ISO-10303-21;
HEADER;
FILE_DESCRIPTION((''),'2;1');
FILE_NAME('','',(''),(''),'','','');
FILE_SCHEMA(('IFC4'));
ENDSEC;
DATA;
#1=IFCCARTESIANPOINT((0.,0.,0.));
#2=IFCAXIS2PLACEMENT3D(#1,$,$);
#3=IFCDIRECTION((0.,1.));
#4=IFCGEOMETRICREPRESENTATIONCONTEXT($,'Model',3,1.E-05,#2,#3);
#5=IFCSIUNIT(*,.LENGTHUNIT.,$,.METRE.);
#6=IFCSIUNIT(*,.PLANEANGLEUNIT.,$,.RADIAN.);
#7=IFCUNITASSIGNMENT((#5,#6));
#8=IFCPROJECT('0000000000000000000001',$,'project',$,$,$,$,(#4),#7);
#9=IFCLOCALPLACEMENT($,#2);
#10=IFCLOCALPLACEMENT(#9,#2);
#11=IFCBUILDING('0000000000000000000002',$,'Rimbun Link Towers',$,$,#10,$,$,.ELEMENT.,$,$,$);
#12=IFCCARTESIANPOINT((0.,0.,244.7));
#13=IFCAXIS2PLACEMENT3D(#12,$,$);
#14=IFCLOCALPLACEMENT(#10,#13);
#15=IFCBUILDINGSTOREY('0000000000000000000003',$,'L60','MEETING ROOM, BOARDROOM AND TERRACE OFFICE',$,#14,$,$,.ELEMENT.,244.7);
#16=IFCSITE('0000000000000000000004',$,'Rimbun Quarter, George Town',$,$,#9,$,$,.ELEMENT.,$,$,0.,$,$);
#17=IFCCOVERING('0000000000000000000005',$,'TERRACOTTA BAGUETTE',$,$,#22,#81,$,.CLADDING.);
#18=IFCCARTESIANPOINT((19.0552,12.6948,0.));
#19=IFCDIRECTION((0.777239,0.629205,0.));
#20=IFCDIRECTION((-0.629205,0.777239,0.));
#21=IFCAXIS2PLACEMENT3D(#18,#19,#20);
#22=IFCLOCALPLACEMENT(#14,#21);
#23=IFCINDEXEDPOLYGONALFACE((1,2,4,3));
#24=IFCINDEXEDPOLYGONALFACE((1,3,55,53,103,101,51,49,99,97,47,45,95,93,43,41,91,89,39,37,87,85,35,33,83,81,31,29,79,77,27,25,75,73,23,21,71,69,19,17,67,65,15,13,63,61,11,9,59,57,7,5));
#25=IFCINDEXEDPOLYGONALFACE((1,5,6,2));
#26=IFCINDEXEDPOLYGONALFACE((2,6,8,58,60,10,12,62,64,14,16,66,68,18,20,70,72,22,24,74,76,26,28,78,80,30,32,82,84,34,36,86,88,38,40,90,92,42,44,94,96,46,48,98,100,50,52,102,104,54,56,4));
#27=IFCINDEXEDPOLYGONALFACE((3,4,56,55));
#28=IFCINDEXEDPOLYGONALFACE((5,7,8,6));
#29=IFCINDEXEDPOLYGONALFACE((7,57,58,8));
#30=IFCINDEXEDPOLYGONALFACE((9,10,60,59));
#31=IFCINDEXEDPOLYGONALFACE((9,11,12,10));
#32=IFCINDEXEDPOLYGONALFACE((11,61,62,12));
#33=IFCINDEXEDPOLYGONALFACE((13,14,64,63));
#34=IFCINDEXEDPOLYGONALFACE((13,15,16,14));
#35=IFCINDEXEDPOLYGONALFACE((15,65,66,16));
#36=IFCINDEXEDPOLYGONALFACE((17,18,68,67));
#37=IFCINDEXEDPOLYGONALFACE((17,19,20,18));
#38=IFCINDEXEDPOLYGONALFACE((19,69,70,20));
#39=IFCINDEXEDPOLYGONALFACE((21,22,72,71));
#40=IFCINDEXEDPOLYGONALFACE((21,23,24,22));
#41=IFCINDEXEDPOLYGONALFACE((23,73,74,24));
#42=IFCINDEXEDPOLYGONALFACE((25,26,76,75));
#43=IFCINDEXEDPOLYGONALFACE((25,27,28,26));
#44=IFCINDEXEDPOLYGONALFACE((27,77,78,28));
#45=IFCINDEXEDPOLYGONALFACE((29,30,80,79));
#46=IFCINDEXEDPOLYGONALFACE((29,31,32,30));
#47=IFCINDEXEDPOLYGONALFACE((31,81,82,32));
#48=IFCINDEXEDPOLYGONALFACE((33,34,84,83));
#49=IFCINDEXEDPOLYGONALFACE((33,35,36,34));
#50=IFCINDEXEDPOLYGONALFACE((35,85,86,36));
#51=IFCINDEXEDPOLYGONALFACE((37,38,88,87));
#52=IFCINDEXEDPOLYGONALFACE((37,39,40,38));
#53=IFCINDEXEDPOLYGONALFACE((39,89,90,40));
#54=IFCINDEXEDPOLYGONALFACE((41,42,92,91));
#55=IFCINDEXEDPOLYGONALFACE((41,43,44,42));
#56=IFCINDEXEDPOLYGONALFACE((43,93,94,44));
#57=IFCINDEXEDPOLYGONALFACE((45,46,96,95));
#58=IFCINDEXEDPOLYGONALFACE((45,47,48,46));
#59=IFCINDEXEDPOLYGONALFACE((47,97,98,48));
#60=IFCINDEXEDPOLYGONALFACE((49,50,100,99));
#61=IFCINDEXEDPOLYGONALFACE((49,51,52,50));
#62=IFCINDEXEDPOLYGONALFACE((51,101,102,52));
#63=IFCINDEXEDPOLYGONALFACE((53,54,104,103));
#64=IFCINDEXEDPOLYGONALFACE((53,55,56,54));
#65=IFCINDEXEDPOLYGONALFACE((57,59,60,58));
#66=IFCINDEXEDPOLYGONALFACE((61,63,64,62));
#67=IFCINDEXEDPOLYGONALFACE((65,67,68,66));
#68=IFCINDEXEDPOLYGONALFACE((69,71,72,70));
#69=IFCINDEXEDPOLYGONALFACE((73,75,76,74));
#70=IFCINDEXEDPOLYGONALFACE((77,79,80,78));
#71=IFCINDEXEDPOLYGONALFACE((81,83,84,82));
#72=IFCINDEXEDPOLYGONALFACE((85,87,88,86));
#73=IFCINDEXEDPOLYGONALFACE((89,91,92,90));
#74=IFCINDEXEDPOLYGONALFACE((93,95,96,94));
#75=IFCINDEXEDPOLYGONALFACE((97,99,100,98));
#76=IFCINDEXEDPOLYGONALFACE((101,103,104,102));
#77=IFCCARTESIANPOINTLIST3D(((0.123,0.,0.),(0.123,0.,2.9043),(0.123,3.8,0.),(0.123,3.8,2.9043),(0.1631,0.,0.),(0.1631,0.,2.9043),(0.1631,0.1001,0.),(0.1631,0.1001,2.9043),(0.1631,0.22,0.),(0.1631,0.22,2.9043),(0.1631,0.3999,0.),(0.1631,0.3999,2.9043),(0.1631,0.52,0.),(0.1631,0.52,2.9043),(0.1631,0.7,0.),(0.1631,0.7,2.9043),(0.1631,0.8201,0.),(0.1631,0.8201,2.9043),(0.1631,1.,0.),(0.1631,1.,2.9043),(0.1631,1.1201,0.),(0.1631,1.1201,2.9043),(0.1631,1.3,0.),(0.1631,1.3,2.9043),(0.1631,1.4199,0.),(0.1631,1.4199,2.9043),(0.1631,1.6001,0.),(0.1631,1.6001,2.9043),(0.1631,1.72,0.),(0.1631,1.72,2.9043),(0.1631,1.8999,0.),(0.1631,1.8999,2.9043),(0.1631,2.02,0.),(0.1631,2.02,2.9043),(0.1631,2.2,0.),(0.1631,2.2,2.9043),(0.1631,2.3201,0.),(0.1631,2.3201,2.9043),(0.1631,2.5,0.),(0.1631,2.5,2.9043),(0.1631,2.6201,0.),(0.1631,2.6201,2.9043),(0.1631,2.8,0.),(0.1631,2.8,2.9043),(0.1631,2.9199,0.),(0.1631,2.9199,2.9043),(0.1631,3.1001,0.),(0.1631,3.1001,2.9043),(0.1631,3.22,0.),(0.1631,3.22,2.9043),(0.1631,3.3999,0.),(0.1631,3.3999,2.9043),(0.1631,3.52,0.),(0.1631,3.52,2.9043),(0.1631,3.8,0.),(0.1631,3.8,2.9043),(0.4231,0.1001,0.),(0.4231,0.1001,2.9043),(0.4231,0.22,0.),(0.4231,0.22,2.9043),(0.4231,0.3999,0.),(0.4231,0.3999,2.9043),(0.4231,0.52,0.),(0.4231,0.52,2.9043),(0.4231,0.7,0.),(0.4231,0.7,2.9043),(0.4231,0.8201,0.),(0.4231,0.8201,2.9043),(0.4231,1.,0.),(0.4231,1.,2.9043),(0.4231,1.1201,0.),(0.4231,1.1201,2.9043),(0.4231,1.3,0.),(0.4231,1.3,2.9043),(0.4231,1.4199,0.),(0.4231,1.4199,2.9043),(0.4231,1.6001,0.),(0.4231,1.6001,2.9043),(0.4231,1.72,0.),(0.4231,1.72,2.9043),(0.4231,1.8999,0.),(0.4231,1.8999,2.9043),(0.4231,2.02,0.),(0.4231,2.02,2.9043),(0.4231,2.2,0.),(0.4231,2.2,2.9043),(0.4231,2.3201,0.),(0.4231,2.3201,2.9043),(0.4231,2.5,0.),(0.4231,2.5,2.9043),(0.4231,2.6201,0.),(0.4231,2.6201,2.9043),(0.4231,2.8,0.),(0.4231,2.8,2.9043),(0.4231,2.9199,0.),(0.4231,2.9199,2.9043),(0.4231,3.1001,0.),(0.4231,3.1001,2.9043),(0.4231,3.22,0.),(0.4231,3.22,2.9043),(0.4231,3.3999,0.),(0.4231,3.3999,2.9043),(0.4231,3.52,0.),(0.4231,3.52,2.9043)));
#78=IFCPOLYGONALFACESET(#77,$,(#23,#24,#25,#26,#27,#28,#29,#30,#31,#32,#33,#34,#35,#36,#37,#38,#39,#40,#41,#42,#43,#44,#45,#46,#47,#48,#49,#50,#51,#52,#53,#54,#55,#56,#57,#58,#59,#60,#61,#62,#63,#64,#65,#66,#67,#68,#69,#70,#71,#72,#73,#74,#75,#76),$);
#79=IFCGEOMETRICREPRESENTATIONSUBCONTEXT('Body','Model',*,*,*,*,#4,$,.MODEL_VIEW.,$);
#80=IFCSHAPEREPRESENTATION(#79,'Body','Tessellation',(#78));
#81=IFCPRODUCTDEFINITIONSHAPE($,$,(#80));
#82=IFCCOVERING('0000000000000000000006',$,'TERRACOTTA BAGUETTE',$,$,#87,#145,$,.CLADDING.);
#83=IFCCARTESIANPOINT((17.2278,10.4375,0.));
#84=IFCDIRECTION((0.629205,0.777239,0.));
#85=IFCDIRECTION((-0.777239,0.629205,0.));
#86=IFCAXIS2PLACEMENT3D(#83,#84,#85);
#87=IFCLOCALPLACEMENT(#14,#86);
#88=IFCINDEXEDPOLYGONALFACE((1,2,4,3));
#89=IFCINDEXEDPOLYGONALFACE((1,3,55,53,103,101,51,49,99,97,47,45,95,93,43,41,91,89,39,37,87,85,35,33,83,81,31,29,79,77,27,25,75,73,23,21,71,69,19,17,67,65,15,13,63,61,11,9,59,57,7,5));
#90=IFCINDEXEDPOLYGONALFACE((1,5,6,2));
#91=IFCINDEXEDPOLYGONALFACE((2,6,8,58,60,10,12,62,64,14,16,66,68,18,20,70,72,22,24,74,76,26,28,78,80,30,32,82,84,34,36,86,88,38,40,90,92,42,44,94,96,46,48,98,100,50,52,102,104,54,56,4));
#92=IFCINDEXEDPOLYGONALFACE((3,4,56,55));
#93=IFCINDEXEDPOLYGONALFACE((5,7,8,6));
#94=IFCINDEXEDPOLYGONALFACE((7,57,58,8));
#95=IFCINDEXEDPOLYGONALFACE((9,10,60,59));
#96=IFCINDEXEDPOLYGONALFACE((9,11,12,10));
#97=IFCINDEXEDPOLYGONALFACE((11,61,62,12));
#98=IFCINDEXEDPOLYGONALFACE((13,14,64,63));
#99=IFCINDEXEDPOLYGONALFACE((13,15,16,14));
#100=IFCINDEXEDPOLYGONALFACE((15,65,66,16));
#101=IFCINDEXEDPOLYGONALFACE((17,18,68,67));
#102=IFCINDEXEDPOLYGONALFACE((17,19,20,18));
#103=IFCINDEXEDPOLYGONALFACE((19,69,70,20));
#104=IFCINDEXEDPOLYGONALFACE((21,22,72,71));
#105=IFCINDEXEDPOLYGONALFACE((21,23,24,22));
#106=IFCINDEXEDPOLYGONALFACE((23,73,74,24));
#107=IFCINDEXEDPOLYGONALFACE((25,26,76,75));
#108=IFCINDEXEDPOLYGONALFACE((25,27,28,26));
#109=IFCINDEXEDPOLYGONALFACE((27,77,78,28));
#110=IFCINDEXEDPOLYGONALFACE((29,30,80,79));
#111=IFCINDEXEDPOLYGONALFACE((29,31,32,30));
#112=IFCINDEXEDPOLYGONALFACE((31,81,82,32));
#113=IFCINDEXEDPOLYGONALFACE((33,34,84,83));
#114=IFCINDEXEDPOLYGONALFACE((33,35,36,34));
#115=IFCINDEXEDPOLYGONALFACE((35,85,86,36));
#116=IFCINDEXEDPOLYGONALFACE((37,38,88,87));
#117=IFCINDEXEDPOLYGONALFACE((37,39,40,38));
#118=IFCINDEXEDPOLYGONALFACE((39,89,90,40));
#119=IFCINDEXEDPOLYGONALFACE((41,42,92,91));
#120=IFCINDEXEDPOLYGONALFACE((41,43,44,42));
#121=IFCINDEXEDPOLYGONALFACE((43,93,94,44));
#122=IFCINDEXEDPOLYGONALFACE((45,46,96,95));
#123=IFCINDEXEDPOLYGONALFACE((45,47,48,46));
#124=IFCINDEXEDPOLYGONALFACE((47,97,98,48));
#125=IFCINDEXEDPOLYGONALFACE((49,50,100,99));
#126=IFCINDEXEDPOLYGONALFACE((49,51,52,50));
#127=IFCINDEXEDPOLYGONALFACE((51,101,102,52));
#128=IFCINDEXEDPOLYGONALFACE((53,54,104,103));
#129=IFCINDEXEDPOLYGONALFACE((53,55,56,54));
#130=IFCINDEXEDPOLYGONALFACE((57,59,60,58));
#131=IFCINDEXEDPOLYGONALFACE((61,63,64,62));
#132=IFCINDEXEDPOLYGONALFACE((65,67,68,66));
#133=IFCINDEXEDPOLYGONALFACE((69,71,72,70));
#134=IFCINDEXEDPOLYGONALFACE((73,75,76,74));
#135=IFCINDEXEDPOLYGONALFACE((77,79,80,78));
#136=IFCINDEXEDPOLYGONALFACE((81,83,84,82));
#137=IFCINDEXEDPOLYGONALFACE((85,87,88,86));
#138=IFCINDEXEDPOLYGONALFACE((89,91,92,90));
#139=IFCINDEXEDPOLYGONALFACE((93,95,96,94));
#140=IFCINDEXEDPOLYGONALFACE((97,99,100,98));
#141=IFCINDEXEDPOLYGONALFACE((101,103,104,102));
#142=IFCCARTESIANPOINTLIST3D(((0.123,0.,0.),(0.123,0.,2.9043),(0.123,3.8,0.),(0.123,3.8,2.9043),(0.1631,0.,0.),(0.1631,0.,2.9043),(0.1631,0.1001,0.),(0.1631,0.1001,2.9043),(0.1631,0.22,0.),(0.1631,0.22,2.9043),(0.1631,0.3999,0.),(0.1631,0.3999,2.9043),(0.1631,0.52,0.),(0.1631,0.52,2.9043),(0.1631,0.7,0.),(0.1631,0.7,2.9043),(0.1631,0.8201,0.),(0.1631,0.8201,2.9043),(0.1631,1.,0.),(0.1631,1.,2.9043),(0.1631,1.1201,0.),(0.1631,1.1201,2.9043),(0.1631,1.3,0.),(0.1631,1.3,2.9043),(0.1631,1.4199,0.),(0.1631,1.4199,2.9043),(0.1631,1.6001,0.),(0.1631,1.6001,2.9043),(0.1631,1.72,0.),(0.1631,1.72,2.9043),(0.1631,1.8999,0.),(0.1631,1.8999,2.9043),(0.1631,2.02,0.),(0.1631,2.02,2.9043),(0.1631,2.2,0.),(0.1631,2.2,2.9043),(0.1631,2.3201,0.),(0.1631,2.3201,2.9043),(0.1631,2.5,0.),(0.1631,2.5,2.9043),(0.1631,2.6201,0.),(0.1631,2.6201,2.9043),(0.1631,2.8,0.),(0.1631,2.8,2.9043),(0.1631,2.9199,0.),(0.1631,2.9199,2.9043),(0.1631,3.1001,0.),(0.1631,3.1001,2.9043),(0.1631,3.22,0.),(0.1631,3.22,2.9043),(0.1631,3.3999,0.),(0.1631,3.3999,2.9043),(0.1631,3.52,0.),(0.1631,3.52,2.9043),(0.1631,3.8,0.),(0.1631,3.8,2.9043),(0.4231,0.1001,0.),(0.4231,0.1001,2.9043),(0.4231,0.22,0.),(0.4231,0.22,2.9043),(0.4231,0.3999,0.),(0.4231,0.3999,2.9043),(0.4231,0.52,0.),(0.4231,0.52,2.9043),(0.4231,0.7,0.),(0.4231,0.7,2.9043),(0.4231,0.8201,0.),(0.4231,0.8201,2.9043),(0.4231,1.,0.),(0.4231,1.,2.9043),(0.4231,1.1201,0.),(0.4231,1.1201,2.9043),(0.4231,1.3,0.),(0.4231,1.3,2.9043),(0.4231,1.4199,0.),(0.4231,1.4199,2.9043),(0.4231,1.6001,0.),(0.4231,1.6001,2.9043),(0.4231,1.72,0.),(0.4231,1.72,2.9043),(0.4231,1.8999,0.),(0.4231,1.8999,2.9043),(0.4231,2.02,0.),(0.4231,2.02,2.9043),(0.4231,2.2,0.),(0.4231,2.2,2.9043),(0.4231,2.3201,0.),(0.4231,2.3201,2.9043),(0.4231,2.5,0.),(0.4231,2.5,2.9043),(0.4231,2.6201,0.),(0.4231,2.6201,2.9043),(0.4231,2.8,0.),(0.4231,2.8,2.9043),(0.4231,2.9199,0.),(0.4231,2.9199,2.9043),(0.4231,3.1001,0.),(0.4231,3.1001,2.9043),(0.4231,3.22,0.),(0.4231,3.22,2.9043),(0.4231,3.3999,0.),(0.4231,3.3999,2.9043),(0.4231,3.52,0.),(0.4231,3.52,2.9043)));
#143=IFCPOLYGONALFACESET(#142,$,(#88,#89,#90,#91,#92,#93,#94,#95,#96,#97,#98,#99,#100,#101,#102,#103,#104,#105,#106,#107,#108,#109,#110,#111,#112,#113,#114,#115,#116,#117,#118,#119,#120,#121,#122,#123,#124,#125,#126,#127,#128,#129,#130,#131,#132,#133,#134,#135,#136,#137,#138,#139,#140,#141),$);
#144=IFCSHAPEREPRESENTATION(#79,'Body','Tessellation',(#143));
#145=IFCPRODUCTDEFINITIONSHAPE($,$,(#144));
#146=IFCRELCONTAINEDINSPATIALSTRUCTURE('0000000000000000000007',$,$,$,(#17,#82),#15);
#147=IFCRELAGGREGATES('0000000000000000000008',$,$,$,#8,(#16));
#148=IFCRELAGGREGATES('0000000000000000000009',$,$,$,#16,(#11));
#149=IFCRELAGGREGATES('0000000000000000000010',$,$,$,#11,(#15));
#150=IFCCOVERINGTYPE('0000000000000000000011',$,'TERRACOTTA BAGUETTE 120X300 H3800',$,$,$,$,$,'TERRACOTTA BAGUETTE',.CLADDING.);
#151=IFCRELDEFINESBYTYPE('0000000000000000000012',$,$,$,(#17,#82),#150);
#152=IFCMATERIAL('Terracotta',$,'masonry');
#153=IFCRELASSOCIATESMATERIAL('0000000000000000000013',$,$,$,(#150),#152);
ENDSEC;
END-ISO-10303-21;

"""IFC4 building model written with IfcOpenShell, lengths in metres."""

from ifc_helpers import new_model, si_unit, direction, frame, origin, place, context, subcontext, project, spatial, polyline, outline, extrude, material, material_profile, profile_set, type_object, element, save


model = new_model("IFC4")

# Units and contexts
model_context = context("Model", 3, precision=1e-05, world=origin(), true_north=direction((0.0, 1.0)))
body_context = subcontext(model_context, "Body", "Model", "MODEL_VIEW")
ifc_project = project(units=[si_unit("LENGTHUNIT", "METRE"), si_unit("PLANEANGLEUNIT", "RADIAN")], contexts=[model_context])

# Site, building, storey
site_placement = place(None, origin())
site = spatial("IfcSite", under=ifc_project, at=site_placement, Name="Rimbun Quarter, George Town", CompositionType="ELEMENT", RefElevation=0.0)
building_placement = place(site_placement, origin())
building = spatial("IfcBuilding", under=site, at=building_placement, Name="Rimbun Link Towers", CompositionType="ELEMENT")
storey_placement = place(building_placement, frame((0.0, 0.0, 244.7)))
storey = spatial("IfcBuildingStorey", under=building, at=storey_placement, Name="L60", Description="MEETING ROOM, BOARDROOM AND TERRACE OFFICE", CompositionType="ELEMENT", Elevation=244.7)

# Coverings
ifc_material_1 = material(Name="Terracotta", Category="masonry")
ifc_material_profile_1 = material_profile(ifc_material_1, outline(polyline([(0.123, 0.0), (0.1631, 0.0), (0.1631, 0.1001), (0.4231, 0.1001), (0.4231, 0.22), (0.1631, 0.22), (0.1631, 0.3999), (0.4231, 0.3999), (0.4231, 0.52), (0.1631, 0.52), (0.1631, 0.7), (0.4231, 0.7), (0.4231, 0.8201), (0.1631, 0.8201), (0.1631, 1.0), (0.4231, 1.0), (0.4231, 1.1201), (0.1631, 1.1201), (0.1631, 1.3), (0.4231, 1.3), (0.4231, 1.4199), (0.1631, 1.4199), (0.1631, 1.6001), (0.4231, 1.6001), (0.4231, 1.72), (0.1631, 1.72), (0.1631, 1.8999), (0.4231, 1.8999), (0.4231, 2.02), (0.1631, 2.02), (0.1631, 2.2), (0.4231, 2.2), (0.4231, 2.3201), (0.1631, 2.3201), (0.1631, 2.5), (0.4231, 2.5), (0.4231, 2.6201), (0.1631, 2.6201), (0.1631, 2.8), (0.4231, 2.8), (0.4231, 2.9199), (0.1631, 2.9199), (0.1631, 3.1001), (0.4231, 3.1001), (0.4231, 3.22), (0.1631, 3.22), (0.1631, 3.3999), (0.4231, 3.3999), (0.4231, 3.52), (0.1631, 3.52), (0.1631, 3.8), (0.123, 3.8), (0.123, 0.0)])), Name="BAGUETTE 120X300")
ifc_profile_set_1 = profile_set([ifc_material_profile_1], Name="Terracotta")
covering_type = type_object("IfcCoveringType", Name="TERRACOTTA BAGUETTE 120X300 H3800", ElementType="TERRACOTTA BAGUETTE", PredefinedType="CLADDING", material=ifc_profile_set_1)
for number, where, z_axis, x_axis, name in (
    (1, (19.0552, 12.6948, 0.0), (0.777239, 0.629205, 0.0), (-0.629205, 0.777239, 0.0), "TERRACOTTA BAGUETTE"),
    (2, (17.2278, 10.4375, 0.0), (0.629205, 0.777239, 0.0), (-0.777239, 0.629205, 0.0), "TERRACOTTA BAGUETTE"),
):
    element("IfcCovering", number, at=place(storey_placement, frame(where, z_axis=z_axis, x_axis=x_axis)), inside=storey, type_object=covering_type, Name=name, PredefinedType="CLADDING", context=body_context, shape_type="SweptSolid", body=[
        extrude(outline(polyline([(0.123, 0.0), (0.1631, 0.0), (0.1631, 0.1001), (0.4231, 0.1001), (0.4231, 0.22), (0.1631, 0.22), (0.1631, 0.3999), (0.4231, 0.3999), (0.4231, 0.52), (0.1631, 0.52), (0.1631, 0.7), (0.4231, 0.7), (0.4231, 0.8201), (0.1631, 0.8201), (0.1631, 1.0), (0.4231, 1.0), (0.4231, 1.1201), (0.1631, 1.1201), (0.1631, 1.3), (0.4231, 1.3), (0.4231, 1.4199), (0.1631, 1.4199), (0.1631, 1.6001), (0.4231, 1.6001), (0.4231, 1.72), (0.1631, 1.72), (0.1631, 1.8999), (0.4231, 1.8999), (0.4231, 2.02), (0.1631, 2.02), (0.1631, 2.2), (0.4231, 2.2), (0.4231, 2.3201), (0.1631, 2.3201), (0.1631, 2.5), (0.4231, 2.5), (0.4231, 2.6201), (0.1631, 2.6201), (0.1631, 2.8), (0.4231, 2.8), (0.4231, 2.9199), (0.1631, 2.9199), (0.1631, 3.1001), (0.4231, 3.1001), (0.4231, 3.22), (0.1631, 3.22), (0.1631, 3.3999), (0.4231, 3.3999), (0.4231, 3.52), (0.1631, 3.52), (0.1631, 3.8), (0.123, 3.8), (0.123, 0.0)])), origin(), (0.0, 0.0, 1.0), 2.9043),
    ])

save(model, "model.ifc")
